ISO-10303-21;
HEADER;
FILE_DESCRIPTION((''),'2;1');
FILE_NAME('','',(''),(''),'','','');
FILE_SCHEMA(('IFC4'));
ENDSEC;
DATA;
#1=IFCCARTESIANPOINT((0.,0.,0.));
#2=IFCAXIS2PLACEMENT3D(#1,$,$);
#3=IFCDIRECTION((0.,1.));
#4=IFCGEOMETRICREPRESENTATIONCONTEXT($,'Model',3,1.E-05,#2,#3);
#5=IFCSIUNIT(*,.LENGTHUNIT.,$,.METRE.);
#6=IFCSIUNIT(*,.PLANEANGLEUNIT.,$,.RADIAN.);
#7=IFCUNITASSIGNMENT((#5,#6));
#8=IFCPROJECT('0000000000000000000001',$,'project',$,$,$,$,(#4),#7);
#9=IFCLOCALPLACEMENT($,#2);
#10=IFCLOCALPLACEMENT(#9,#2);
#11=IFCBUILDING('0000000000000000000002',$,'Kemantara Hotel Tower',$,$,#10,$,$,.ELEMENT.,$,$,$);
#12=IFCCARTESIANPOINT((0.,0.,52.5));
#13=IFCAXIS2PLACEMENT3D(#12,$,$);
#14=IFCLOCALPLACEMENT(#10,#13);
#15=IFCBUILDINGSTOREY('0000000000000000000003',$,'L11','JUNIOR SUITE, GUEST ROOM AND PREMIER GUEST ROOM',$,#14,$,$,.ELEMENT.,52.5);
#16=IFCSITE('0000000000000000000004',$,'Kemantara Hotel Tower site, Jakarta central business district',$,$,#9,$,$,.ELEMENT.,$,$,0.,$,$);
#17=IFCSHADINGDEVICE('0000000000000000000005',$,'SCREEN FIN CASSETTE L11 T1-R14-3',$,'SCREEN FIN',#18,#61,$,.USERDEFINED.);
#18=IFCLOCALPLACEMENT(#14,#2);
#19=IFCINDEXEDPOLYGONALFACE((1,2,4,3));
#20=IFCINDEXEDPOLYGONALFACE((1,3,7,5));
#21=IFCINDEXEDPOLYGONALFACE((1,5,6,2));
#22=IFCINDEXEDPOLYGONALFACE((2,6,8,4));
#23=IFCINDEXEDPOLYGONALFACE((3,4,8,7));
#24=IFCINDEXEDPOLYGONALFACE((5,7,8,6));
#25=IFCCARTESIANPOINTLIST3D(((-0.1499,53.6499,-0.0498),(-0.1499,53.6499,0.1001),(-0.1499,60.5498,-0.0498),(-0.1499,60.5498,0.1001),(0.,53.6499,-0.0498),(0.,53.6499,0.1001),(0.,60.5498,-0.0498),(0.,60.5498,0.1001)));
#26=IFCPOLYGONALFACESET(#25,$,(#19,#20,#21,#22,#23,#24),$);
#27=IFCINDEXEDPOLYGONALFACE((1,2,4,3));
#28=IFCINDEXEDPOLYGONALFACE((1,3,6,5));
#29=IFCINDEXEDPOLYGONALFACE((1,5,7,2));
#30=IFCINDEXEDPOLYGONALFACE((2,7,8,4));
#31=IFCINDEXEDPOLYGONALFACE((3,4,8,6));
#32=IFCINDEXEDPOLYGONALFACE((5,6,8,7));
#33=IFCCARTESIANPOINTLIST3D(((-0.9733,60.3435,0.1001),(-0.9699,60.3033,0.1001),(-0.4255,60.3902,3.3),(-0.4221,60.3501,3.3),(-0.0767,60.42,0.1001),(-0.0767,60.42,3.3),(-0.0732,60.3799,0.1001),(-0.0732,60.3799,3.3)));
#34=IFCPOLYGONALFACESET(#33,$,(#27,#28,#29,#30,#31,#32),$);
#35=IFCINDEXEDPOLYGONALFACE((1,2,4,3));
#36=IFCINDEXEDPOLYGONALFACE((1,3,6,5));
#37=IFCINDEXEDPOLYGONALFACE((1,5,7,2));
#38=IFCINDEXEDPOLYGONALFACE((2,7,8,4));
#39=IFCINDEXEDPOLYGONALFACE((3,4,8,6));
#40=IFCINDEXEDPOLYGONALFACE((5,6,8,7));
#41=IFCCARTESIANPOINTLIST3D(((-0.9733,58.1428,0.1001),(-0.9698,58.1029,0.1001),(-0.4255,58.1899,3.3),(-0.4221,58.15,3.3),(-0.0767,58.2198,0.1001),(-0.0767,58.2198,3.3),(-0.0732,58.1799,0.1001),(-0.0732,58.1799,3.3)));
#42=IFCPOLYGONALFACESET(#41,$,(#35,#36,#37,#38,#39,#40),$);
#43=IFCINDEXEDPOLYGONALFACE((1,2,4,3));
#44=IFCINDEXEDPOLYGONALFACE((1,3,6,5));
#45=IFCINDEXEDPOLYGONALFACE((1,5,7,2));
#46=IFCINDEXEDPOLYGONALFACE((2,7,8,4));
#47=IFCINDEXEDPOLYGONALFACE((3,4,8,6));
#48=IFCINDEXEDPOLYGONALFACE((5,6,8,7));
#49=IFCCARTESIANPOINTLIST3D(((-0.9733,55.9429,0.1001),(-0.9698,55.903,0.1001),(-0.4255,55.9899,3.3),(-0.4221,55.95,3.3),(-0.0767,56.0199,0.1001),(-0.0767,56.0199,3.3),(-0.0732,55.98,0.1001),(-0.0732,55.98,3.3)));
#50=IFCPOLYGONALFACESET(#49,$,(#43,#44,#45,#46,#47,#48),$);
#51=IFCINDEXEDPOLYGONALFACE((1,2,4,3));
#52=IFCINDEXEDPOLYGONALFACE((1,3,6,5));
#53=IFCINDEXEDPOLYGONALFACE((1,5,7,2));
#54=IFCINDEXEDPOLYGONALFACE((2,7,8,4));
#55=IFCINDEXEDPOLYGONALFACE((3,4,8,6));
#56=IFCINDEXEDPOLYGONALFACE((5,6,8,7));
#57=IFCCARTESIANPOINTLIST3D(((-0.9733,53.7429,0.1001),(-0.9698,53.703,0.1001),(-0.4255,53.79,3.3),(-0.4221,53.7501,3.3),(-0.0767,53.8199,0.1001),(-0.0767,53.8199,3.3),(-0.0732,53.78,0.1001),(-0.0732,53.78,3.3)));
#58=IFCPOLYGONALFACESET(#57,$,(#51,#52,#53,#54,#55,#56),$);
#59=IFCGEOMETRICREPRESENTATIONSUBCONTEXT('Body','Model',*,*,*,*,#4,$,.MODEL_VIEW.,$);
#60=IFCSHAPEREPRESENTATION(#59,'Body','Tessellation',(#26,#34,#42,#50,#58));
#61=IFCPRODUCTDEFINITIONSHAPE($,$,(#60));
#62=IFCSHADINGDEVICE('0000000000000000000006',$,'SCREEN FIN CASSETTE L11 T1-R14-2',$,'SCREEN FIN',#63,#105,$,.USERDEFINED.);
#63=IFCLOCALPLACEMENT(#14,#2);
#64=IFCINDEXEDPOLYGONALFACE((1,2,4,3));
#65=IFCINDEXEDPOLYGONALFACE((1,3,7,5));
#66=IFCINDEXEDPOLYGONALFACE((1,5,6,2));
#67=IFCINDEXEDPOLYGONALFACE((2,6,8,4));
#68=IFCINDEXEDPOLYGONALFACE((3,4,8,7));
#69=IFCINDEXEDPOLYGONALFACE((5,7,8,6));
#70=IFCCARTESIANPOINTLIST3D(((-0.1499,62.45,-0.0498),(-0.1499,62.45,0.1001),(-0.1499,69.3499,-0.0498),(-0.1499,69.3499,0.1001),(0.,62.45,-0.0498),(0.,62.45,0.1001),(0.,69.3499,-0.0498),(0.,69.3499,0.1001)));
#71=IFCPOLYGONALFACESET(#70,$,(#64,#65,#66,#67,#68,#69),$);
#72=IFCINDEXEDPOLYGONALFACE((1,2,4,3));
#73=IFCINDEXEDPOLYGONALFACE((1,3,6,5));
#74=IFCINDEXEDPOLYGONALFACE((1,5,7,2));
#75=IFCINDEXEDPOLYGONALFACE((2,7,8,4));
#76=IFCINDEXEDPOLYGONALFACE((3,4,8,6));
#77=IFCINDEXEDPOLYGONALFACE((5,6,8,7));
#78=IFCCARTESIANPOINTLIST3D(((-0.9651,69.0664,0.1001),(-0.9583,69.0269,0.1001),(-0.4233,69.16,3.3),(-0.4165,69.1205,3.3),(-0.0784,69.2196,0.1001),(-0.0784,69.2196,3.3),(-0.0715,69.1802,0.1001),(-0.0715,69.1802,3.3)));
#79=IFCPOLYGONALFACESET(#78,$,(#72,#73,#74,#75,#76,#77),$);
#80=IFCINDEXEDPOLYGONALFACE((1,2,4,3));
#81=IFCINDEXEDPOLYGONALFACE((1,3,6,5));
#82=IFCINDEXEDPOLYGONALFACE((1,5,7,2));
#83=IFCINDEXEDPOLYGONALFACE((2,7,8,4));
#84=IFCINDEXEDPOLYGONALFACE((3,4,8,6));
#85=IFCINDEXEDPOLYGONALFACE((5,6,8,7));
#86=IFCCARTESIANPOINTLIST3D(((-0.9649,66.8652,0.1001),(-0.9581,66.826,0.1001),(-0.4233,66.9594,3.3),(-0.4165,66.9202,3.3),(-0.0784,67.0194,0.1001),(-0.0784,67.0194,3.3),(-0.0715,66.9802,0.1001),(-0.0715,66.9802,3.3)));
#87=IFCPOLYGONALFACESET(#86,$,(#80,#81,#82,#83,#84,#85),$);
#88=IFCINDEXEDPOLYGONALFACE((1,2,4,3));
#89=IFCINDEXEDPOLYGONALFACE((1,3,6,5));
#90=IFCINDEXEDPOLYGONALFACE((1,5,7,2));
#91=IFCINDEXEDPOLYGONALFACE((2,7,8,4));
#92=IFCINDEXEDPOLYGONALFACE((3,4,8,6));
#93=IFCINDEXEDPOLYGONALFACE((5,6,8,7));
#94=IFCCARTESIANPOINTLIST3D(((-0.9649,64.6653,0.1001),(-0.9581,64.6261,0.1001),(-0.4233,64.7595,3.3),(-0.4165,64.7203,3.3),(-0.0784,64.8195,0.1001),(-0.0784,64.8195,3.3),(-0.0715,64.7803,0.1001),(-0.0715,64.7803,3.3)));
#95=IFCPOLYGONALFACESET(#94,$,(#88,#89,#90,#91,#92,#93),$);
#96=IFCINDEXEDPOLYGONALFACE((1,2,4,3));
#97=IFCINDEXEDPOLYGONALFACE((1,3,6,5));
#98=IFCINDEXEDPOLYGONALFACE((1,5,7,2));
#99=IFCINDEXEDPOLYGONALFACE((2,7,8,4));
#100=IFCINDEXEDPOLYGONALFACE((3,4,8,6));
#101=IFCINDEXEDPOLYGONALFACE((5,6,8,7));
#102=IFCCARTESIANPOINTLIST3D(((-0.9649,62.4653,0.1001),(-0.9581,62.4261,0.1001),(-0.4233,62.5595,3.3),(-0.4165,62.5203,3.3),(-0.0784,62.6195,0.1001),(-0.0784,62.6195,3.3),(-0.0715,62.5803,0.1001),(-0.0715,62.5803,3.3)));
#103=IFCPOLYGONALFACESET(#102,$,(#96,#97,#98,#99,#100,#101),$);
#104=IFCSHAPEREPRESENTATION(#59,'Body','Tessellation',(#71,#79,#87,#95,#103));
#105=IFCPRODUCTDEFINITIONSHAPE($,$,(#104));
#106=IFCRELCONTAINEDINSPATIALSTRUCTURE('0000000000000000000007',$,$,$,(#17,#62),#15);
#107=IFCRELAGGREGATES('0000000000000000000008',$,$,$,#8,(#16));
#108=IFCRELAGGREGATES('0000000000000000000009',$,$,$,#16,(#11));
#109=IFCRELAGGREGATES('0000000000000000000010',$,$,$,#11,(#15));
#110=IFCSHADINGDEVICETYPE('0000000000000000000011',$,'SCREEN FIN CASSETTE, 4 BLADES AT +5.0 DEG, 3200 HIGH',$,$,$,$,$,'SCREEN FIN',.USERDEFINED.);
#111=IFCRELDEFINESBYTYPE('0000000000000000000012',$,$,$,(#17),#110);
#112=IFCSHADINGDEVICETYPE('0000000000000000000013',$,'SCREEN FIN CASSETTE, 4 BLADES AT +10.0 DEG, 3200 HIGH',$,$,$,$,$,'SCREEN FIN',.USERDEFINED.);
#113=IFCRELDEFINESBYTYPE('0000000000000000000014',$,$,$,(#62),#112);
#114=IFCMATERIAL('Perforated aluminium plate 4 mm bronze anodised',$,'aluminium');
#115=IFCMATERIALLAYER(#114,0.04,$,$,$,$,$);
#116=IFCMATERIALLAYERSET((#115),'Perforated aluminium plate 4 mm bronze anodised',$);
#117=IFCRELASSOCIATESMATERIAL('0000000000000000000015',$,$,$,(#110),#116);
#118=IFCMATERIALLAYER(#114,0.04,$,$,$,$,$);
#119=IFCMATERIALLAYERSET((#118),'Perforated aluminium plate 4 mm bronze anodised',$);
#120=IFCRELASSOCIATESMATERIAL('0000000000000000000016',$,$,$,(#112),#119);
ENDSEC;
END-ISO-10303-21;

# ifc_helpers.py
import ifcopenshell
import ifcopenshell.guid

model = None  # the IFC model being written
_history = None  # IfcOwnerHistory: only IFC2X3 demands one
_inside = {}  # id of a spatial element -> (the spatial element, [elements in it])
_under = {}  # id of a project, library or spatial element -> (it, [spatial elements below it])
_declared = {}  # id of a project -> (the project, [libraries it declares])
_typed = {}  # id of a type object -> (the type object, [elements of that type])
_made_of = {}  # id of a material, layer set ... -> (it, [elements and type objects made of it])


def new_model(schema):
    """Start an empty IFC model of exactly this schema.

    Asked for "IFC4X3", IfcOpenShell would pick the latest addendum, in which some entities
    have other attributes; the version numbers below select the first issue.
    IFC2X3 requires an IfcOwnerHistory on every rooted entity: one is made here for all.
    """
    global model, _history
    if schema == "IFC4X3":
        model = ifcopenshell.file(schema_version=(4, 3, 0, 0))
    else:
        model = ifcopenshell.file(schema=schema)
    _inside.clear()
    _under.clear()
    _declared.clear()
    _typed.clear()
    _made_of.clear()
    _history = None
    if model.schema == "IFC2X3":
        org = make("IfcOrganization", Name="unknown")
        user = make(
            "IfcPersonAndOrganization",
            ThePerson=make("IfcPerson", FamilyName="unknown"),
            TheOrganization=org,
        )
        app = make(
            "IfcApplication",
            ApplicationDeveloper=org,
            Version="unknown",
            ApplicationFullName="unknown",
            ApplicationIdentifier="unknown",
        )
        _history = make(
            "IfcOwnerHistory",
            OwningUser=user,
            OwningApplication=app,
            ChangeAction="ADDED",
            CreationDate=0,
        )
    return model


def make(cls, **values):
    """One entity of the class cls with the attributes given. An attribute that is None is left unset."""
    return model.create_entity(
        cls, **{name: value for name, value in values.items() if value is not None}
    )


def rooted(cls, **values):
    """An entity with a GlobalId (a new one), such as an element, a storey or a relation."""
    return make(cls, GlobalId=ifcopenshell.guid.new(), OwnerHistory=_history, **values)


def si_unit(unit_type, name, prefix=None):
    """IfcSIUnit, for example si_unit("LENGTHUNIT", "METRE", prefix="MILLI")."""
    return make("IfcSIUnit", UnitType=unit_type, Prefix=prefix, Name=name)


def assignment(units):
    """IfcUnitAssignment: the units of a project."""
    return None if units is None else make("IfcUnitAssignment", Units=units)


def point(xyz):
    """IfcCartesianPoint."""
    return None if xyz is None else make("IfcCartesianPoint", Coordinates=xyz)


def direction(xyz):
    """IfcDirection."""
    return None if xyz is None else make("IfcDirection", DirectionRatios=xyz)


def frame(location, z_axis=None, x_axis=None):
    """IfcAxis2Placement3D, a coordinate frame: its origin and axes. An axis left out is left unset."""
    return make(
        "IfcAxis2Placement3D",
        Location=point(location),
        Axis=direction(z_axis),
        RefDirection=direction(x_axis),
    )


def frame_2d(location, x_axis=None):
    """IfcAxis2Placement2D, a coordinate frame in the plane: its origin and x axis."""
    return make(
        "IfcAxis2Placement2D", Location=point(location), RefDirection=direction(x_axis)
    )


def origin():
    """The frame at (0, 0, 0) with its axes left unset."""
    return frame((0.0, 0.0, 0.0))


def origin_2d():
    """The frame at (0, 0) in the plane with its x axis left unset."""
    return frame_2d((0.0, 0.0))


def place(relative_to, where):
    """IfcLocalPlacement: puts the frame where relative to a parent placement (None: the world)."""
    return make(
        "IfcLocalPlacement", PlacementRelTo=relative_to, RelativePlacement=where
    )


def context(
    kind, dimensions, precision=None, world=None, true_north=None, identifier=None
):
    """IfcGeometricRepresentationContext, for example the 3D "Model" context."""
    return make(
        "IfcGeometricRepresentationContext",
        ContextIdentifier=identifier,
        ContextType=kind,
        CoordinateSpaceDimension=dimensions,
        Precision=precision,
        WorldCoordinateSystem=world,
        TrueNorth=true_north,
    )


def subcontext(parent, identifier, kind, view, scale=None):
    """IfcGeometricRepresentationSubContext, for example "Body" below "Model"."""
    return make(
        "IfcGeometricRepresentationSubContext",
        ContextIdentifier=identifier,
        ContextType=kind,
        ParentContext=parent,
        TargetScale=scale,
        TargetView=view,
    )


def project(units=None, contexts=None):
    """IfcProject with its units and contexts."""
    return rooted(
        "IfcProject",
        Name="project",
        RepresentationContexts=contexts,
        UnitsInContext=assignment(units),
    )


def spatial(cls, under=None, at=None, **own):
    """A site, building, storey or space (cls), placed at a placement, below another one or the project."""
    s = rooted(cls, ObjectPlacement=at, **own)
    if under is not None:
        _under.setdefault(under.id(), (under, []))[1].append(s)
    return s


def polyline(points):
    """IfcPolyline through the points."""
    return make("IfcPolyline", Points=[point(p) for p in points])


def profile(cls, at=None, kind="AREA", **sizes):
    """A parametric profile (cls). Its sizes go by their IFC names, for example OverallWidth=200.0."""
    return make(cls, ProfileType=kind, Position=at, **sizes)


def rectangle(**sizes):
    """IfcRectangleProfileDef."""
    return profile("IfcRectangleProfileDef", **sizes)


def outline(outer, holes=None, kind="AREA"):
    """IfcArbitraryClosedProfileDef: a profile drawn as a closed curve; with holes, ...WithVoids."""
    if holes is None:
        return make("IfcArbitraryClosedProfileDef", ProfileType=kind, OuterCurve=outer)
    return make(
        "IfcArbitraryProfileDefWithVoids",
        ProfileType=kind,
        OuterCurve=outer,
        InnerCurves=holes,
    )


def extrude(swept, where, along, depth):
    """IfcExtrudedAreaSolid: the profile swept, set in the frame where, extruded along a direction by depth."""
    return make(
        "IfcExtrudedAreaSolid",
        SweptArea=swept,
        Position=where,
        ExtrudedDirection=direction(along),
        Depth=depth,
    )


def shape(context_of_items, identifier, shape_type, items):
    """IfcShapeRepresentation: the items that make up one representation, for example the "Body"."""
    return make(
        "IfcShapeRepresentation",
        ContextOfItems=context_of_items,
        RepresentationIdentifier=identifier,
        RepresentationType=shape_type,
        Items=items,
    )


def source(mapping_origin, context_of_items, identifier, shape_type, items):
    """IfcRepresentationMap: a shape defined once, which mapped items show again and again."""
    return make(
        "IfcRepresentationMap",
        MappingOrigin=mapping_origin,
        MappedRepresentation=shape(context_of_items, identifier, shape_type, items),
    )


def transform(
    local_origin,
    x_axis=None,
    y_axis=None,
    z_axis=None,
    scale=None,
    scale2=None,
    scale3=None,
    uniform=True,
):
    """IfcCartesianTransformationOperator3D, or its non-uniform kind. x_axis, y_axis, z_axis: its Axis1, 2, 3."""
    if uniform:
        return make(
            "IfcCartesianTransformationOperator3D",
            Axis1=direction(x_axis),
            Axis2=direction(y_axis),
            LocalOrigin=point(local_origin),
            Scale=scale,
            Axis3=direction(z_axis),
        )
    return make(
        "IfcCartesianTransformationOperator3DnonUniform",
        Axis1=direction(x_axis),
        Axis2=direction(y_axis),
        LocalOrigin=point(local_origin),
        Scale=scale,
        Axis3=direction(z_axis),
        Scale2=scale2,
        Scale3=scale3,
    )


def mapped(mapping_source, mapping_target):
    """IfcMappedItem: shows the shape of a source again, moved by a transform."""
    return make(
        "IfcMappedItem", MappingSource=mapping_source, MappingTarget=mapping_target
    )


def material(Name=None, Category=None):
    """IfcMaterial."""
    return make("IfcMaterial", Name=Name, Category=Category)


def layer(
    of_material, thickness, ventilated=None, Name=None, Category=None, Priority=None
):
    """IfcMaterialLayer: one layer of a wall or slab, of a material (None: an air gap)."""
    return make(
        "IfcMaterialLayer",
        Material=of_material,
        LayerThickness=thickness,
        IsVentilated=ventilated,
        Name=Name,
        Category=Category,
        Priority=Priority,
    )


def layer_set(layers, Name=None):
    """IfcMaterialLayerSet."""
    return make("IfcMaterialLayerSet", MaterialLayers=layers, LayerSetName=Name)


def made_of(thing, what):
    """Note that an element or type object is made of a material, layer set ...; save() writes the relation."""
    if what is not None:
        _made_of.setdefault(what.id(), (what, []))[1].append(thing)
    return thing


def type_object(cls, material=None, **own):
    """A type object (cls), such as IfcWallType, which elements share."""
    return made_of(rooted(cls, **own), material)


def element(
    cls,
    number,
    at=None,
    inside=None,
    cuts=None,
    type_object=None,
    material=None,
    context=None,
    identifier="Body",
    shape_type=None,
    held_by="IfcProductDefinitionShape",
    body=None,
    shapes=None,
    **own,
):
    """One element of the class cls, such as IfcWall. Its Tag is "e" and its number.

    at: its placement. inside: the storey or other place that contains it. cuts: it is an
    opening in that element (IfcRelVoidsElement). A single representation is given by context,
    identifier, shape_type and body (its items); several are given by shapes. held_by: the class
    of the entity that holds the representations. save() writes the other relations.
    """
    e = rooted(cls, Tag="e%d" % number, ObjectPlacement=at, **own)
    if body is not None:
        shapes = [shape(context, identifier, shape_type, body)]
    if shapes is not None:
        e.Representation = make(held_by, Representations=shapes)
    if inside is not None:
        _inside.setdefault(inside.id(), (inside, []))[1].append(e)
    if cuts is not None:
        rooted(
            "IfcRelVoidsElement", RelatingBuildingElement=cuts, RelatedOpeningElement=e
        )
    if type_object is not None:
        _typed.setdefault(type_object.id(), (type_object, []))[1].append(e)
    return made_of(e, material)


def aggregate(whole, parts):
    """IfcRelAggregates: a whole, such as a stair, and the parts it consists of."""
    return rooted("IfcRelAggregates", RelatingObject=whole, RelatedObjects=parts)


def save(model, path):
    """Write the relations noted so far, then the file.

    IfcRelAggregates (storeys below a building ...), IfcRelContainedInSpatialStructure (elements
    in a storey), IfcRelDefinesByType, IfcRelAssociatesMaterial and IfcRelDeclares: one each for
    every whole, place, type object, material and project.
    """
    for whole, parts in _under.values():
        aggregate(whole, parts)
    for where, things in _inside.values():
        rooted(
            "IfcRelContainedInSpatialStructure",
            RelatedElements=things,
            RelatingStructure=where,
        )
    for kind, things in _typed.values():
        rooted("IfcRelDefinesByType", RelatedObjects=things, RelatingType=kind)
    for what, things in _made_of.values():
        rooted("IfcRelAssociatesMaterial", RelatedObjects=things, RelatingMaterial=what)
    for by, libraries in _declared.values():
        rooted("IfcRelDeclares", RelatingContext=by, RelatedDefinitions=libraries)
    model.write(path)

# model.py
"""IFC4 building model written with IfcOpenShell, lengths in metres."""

from ifc_helpers import new_model, si_unit, direction, frame, origin, origin_2d, place, context, subcontext, project, spatial, polyline, rectangle, outline, extrude, source, transform, mapped, material, layer, layer_set, type_object, element, save


model = new_model("IFC4")

# Units and contexts
model_context = context("Model", 3, precision=1e-05, world=origin(), true_north=direction((0.0, 1.0)))
body_context = subcontext(model_context, "Body", "Model", "MODEL_VIEW")
ifc_project = project(units=[si_unit("LENGTHUNIT", "METRE"), si_unit("PLANEANGLEUNIT", "RADIAN")], contexts=[model_context])

# Site, building, storey
site_placement = place(None, origin())
site = spatial("IfcSite", under=ifc_project, at=site_placement, Name="Kemantara Hotel Tower site, Jakarta central business district", CompositionType="ELEMENT", RefElevation=0.0)
building_placement = place(site_placement, origin())
building = spatial("IfcBuilding", under=site, at=building_placement, Name="Kemantara Hotel Tower", CompositionType="ELEMENT")
storey_placement = place(building_placement, frame((0.0, 0.0, 52.5)))
storey = spatial("IfcBuildingStorey", under=building, at=storey_placement, Name="L11", Description="JUNIOR SUITE, GUEST ROOM AND PREMIER GUEST ROOM", CompositionType="ELEMENT", Elevation=52.5)

# Shading devices
ifc_material_1 = material(Name="Perforated aluminium plate 4 mm bronze anodised", Category="aluminium")
ifc_layer_1 = layer(ifc_material_1, 0.04)
ifc_layer_set_1 = layer_set([ifc_layer_1], Name="Perforated aluminium plate 4 mm bronze anodised")
shading_device_type_1 = type_object("IfcShadingDeviceType", Name="SCREEN FIN CASSETTE, 4 BLADES AT +5.0 DEG, 3200 HIGH", ElementType="SCREEN FIN", PredefinedType="USERDEFINED", material=ifc_layer_set_1)
shared_shape_1 = source(origin(), body_context, "Body", "SweptSolid", [
    extrude(rectangle(XDim=6.8999, YDim=0.1499, at=origin_2d()), frame((3.3, -0.075, -0.1499), z_axis=(0.0, 0.0, 1.0), x_axis=(1.0, 0.0, 0.0)), (0.0, 0.0, 1.0), 0.1499),
    extrude(outline(polyline([(0.0, 0.0), (0.8999, 0.0), (0.3501, 3.2), (0.0, 3.2), (0.0, 0.0)])), frame((0.02, -0.0732, 0.0), z_axis=(-0.996376, -0.085056, 0.0), x_axis=(0.085056, -0.996376, 0.0)), (0.0, 0.0, 1.0), 0.0403),
    extrude(outline(polyline([(0.0, 0.0), (0.8999, 0.0), (0.3501, 3.2), (0.0, 3.2), (0.0, 0.0)])), frame((2.22, -0.0732, 0.0), z_axis=(-0.996332, -0.085575, 0.0), x_axis=(0.085575, -0.996332, 0.0)), (0.0, 0.0, 1.0), 0.04),
    extrude(outline(polyline([(0.0, 0.0), (0.8999, 0.0), (0.3501, 3.2), (0.0, 3.2), (0.0, 0.0)])), frame((4.4199, -0.0732, 0.0), z_axis=(-0.996332, -0.085575, 0.0), x_axis=(0.085575, -0.996332, 0.0)), (0.0, 0.0, 1.0), 0.04),
    extrude(outline(polyline([(0.0, 0.0), (0.8999, 0.0), (0.3501, 3.2), (0.0, 3.2), (0.0, 0.0)])), frame((6.6199, -0.0732, 0.0), z_axis=(-0.996332, -0.085575, 0.0), x_axis=(0.085575, -0.996332, 0.0)), (0.0, 0.0, 1.0), 0.04),
])
shading_device_1_placement = place(storey_placement, frame((0.0, 60.3999, 0.1001), z_axis=(0.0, 0.0, 1.0), x_axis=(0.0, -1.0, 0.0)))
element("IfcShadingDevice", 1, at=shading_device_1_placement, inside=storey, type_object=shading_device_type_1, Name="SCREEN FIN CASSETTE L11 T1-R14-3", ObjectType="SCREEN FIN", PredefinedType="USERDEFINED", context=body_context, shape_type="MappedRepresentation", body=[
    mapped(shared_shape_1, transform((0.0, 0.0, 0.0))),
])
ifc_layer_2 = layer(ifc_material_1, 0.04)
ifc_layer_set_2 = layer_set([ifc_layer_2], Name="Perforated aluminium plate 4 mm bronze anodised")
shading_device_type_2 = type_object("IfcShadingDeviceType", Name="SCREEN FIN CASSETTE, 4 BLADES AT +10.0 DEG, 3200 HIGH", ElementType="SCREEN FIN", PredefinedType="USERDEFINED", material=ifc_layer_set_2)
shared_shape_2 = source(origin(), body_context, "Body", "SweptSolid", [
    extrude(rectangle(XDim=6.8999, YDim=0.1499, at=origin_2d()), frame((3.3, -0.075, -0.1499), z_axis=(0.0, 0.0, 1.0), x_axis=(1.0, 0.0, 0.0)), (0.0, 0.0, 1.0), 0.1499),
    extrude(outline(polyline([(0.0, 0.0), (0.8999, 0.0), (0.3501, 3.2), (0.0, 3.2), (0.0, 0.0)])), frame((0.0198, -0.0715, 0.0), z_axis=(-0.98539, -0.170314, 0.0), x_axis=(0.170314, -0.98539, 0.0)), (0.0, 0.0, 1.0), 0.04),
    extrude(outline(polyline([(0.0, 0.0), (0.8999, 0.0), (0.3501, 3.2), (0.0, 3.2), (0.0, 0.0)])), frame((2.2197, -0.0715, 0.0), z_axis=(-0.985212, -0.171341, 0.0), x_axis=(0.171341, -0.985212, 0.0)), (0.0, 0.0, 1.0), 0.0398),
    extrude(outline(polyline([(0.0, 0.0), (0.8999, 0.0), (0.3501, 3.2), (0.0, 3.2), (0.0, 0.0)])), frame((4.4197, -0.0715, 0.0), z_axis=(-0.985212, -0.171341, 0.0), x_axis=(0.171341, -0.985212, 0.0)), (0.0, 0.0, 1.0), 0.0398),
    extrude(outline(polyline([(0.0, 0.0), (0.8999, 0.0), (0.3501, 3.2), (0.0, 3.2), (0.0, 0.0)])), frame((6.6196, -0.0715, 0.0), z_axis=(-0.985212, -0.171341, 0.0), x_axis=(0.171341, -0.985212, 0.0)), (0.0, 0.0, 1.0), 0.0398),
])
shading_device_2_placement = place(storey_placement, frame((0.0, 69.2, 0.1001), z_axis=(0.0, 0.0, 1.0), x_axis=(0.0, -1.0, 0.0)))
element("IfcShadingDevice", 2, at=shading_device_2_placement, inside=storey, type_object=shading_device_type_2, Name="SCREEN FIN CASSETTE L11 T1-R14-2", ObjectType="SCREEN FIN", PredefinedType="USERDEFINED", context=body_context, shape_type="MappedRepresentation", body=[
    mapped(shared_shape_2, transform((0.0, 0.0, 0.0))),
])

save(model, "model.ifc")
